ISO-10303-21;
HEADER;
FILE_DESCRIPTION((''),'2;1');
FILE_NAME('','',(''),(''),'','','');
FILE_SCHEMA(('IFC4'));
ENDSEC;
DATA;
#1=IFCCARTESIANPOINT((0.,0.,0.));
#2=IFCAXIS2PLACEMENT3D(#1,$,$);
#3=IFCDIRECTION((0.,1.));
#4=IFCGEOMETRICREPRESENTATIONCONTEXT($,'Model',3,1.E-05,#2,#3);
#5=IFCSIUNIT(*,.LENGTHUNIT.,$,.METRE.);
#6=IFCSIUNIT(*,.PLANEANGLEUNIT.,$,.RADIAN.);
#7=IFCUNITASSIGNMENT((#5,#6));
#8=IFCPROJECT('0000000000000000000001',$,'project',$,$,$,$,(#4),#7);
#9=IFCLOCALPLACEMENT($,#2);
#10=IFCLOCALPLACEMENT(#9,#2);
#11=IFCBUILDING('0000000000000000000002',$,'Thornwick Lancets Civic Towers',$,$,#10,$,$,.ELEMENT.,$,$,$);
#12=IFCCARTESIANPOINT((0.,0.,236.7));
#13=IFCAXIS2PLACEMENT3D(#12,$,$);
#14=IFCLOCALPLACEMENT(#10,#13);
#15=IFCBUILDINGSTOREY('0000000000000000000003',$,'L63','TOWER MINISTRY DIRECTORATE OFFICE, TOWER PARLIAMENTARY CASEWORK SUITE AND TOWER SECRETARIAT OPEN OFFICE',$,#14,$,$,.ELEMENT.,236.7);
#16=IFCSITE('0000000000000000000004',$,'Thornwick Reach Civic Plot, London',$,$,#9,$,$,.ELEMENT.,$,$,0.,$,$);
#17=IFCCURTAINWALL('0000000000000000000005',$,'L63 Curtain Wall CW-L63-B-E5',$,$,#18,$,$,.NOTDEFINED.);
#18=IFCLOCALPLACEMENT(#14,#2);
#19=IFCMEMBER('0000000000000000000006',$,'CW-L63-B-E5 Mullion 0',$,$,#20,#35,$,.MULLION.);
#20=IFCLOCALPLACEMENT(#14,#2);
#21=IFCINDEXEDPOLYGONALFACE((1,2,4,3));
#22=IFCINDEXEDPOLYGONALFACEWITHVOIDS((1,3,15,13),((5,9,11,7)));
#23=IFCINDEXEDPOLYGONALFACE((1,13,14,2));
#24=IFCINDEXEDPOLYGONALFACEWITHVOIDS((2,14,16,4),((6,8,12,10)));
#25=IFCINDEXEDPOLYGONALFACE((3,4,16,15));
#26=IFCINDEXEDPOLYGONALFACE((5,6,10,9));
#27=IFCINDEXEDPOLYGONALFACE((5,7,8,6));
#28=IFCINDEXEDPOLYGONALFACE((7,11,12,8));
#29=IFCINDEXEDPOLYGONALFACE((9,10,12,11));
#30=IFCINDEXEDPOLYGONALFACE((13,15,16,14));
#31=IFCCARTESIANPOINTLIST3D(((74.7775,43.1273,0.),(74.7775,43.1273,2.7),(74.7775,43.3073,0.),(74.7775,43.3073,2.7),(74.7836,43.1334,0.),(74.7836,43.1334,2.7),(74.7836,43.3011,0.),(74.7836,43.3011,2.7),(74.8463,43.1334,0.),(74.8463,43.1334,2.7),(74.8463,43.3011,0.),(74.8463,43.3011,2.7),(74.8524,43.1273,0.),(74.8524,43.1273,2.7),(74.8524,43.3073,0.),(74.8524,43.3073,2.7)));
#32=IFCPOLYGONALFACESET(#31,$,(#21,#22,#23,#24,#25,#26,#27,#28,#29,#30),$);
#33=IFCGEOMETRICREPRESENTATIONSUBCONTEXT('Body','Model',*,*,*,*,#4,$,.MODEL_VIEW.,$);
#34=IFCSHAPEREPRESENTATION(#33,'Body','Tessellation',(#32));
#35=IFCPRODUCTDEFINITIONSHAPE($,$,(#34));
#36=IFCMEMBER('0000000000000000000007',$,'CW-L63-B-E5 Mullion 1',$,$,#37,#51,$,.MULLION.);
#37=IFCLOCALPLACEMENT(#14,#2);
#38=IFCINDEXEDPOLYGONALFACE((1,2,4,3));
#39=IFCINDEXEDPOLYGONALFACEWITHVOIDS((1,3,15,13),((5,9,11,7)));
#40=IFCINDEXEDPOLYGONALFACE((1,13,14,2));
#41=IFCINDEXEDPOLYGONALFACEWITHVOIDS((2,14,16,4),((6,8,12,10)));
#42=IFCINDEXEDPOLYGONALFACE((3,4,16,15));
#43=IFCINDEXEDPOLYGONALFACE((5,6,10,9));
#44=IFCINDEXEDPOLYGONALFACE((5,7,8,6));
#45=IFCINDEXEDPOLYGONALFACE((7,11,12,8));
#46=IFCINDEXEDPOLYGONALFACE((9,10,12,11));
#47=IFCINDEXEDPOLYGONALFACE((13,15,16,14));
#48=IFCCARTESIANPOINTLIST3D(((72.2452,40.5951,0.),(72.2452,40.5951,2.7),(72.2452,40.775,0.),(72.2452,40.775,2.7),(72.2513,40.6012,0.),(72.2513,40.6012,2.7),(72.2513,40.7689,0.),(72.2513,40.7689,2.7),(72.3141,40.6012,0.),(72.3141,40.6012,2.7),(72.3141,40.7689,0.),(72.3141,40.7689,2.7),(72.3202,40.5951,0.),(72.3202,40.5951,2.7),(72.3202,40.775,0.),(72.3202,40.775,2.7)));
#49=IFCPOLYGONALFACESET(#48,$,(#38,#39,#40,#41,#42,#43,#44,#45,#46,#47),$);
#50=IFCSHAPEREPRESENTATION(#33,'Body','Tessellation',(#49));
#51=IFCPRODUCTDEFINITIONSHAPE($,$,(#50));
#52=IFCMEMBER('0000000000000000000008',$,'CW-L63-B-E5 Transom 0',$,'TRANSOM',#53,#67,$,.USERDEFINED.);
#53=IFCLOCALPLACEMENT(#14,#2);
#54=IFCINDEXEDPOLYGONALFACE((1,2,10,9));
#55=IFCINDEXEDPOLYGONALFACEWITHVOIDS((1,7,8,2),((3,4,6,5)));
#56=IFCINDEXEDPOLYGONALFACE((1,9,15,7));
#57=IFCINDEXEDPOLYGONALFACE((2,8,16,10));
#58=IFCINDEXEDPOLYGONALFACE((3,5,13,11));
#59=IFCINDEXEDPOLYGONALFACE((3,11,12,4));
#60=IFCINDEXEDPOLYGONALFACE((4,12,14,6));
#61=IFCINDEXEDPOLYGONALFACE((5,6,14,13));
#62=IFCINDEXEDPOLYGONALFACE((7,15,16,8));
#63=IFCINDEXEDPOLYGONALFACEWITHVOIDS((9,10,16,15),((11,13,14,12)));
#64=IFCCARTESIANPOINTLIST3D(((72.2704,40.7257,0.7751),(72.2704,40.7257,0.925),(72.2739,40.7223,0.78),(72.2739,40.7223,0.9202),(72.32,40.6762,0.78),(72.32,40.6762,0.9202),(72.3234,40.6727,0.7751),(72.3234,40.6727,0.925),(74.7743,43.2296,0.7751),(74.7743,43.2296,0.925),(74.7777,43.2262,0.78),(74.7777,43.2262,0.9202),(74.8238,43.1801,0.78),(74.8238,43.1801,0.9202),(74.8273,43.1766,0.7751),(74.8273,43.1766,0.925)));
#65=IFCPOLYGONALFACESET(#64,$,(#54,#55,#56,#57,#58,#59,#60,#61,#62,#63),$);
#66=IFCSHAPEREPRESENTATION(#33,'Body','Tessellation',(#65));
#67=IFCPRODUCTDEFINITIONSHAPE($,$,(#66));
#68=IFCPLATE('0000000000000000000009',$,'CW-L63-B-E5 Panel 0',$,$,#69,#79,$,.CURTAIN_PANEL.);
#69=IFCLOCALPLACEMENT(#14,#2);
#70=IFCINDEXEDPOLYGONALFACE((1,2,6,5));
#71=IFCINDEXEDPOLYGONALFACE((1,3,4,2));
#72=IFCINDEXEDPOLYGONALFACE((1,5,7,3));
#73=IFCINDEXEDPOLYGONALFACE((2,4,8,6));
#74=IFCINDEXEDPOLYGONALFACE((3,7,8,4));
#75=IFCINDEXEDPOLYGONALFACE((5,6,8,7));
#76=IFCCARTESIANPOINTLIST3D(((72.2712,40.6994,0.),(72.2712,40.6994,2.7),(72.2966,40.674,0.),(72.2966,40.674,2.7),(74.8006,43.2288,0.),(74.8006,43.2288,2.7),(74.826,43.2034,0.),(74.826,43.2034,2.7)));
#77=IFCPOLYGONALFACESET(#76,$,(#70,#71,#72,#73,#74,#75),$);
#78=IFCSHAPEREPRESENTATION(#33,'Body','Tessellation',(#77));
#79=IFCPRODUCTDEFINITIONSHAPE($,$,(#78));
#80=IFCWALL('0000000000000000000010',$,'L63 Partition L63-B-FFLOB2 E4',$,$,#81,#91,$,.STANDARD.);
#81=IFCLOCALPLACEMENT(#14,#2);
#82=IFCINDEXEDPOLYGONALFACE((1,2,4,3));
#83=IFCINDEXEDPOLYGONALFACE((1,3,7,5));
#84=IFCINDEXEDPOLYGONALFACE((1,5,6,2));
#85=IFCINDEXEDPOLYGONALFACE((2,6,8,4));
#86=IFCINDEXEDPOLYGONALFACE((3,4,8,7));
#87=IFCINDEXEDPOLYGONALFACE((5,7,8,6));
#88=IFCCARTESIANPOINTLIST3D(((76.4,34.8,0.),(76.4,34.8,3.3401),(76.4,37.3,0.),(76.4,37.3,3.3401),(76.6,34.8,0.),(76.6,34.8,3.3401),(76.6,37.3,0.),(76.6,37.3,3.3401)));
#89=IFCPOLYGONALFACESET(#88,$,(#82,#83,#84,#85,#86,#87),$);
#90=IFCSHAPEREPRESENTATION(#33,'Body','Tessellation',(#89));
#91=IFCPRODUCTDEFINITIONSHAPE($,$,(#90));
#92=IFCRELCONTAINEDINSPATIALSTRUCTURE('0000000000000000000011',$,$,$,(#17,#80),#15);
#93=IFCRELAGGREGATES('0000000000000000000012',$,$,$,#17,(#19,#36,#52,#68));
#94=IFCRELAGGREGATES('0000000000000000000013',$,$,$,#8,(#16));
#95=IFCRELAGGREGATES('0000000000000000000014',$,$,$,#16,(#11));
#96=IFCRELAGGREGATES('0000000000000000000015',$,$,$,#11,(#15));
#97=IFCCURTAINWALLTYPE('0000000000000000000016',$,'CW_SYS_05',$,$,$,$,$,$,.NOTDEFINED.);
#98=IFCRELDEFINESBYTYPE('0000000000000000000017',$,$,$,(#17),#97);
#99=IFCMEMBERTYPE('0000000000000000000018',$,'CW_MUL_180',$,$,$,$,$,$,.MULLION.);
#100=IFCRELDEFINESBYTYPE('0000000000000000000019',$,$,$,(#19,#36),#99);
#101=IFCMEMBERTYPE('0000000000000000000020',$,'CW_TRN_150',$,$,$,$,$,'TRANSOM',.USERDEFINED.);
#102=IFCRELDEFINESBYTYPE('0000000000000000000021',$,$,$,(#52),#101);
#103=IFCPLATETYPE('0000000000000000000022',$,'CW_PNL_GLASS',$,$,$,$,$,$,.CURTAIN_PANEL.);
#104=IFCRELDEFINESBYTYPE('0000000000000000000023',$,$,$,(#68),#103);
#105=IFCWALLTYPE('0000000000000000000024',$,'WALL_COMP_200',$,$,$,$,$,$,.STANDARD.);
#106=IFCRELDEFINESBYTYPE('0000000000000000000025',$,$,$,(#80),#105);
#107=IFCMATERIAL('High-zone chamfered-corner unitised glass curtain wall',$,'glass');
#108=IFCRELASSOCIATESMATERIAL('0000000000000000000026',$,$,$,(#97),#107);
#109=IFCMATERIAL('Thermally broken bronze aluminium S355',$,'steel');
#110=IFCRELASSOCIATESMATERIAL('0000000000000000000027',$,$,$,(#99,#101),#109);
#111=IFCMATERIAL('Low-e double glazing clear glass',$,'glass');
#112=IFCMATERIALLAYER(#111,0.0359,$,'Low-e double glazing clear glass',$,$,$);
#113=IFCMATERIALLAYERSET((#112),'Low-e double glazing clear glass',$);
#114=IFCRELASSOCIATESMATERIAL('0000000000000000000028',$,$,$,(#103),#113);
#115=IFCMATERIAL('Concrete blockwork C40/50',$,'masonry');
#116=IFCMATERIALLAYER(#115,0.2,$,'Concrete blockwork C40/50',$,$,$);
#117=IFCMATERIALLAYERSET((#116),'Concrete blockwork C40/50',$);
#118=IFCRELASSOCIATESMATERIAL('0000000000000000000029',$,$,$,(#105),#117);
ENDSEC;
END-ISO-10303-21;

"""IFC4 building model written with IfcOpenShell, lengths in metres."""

from ifc_helpers import new_model, si_unit, direction, frame, frame_2d, origin, origin_2d, place, context, subcontext, project, spatial, rectangle, hollow_rectangle, extrude, material, layer, layer_set, material_profile, profile_set, type_object, element, aggregate, save


model = new_model("IFC4")

# Units and contexts
model_context = context("Model", 3, precision=1e-05, world=origin(), true_north=direction((0.0, 1.0)))
body_context = subcontext(model_context, "Body", "Model", "MODEL_VIEW")
ifc_project = project(units=[si_unit("LENGTHUNIT", "METRE"), si_unit("PLANEANGLEUNIT", "RADIAN")], contexts=[model_context])

# Site, building, storey
site_placement = place(None, origin())
site = spatial("IfcSite", under=ifc_project, at=site_placement, Name="Thornwick Reach Civic Plot, London", CompositionType="ELEMENT", RefElevation=0.0)
building_placement = place(site_placement, origin())
building = spatial("IfcBuilding", under=site, at=building_placement, Name="Thornwick Lancets Civic Towers", CompositionType="ELEMENT")
storey_placement = place(building_placement, frame((0.0, 0.0, 236.7)))
storey = spatial("IfcBuildingStorey", under=building, at=storey_placement, Name="L63", Description="TOWER MINISTRY DIRECTORATE OFFICE, TOWER PARLIAMENTARY CASEWORK SUITE AND TOWER SECRETARIAT OPEN OFFICE", CompositionType="ELEMENT", Elevation=236.7)

# Curtain wall, members, plate
ifc_material_1 = material(Name="High-zone chamfered-corner unitised glass curtain wall", Category="glass")
curtain_wall_type = type_object("IfcCurtainWallType", Name="CW_SYS_05", PredefinedType="NOTDEFINED", material=ifc_material_1)
curtain_wall_placement = place(storey_placement, origin())
curtain_wall = element("IfcCurtainWall", 1, at=curtain_wall_placement, inside=storey, type_object=curtain_wall_type, Name="L63 Curtain Wall CW-L63-B-E5", PredefinedType="NOTDEFINED")
ifc_material_2 = material(Name="Thermally broken bronze aluminium S355", Category="steel")
ifc_material_profile_1 = material_profile(ifc_material_2, hollow_rectangle(XDim=0.075, YDim=0.1799, WallThickness=0.0061, at=origin_2d()), Name="RHS 180x75x6")
ifc_profile_set_1 = profile_set([ifc_material_profile_1], Name="Thermally broken bronze aluminium S355")
member_type_1 = type_object("IfcMemberType", Name="CW_MUL_180", PredefinedType="MULLION", material=ifc_profile_set_1)
member_1_placement = place(storey_placement, frame((74.8149, 43.2173, 0.0), z_axis=(0.0, 0.0, 1.0), x_axis=(1.0, 0.0, 0.0)))
member_1 = element("IfcMember", 2, at=member_1_placement, type_object=member_type_1, Name="CW-L63-B-E5 Mullion 0", PredefinedType="MULLION", context=body_context, shape_type="SweptSolid", body=[
    extrude(hollow_rectangle(XDim=0.075, YDim=0.1799, WallThickness=0.0061, at=origin_2d()), origin(), (0.0, 0.0, 1.0), 2.7),
])
member_2_placement = place(storey_placement, frame((72.2827, 40.6851, 0.0), z_axis=(0.0, 0.0, 1.0), x_axis=(1.0, 0.0, 0.0)))
member_2 = element("IfcMember", 3, at=member_2_placement, type_object=member_type_1, Name="CW-L63-B-E5 Mullion 1", PredefinedType="MULLION", context=body_context, shape_type="SweptSolid", body=[
    extrude(hollow_rectangle(XDim=0.075, YDim=0.1799, WallThickness=0.0061, at=origin_2d()), origin(), (0.0, 0.0, 1.0), 2.7),
])
ifc_material_profile_2 = material_profile(ifc_material_2, hollow_rectangle(XDim=0.075, YDim=0.1499, WallThickness=0.0049, at=origin_2d()), Name="RHS 150x75x5")
ifc_profile_set_2 = profile_set([ifc_material_profile_2], Name="Thermally broken bronze aluminium S355")
member_type_2 = type_object("IfcMemberType", Name="CW_TRN_150", ElementType="TRANSOM", PredefinedType="USERDEFINED", material=ifc_profile_set_2)
member_3_placement = place(storey_placement, frame((74.8008, 43.2031, 0.8501), z_axis=(-0.707107, -0.707107, 0.0), x_axis=(0.707107, -0.707107, 0.0)))
member_3 = element("IfcMember", 4, at=member_3_placement, type_object=member_type_2, Name="CW-L63-B-E5 Transom 0", ObjectType="TRANSOM", PredefinedType="USERDEFINED", context=body_context, shape_type="SweptSolid", body=[
    extrude(hollow_rectangle(XDim=0.075, YDim=0.1499, WallThickness=0.0049, at=origin_2d()), origin(), (0.0, 0.0, 1.0), 3.541),
])
ifc_material_3 = material(Name="Low-e double glazing clear glass", Category="glass")
ifc_layer_1 = layer(ifc_material_3, 0.0359, Name="Low-e double glazing clear glass")
ifc_layer_set_1 = layer_set([ifc_layer_1], Name="Low-e double glazing clear glass")
plate_type = type_object("IfcPlateType", Name="CW_PNL_GLASS", PredefinedType="CURTAIN_PANEL", material=ifc_layer_set_1)
plate_placement = place(storey_placement, frame((73.5486, 41.9514, 0.0), z_axis=(0.0, 0.0, 1.0), x_axis=(-0.707107, -0.707107, 0.0)))
plate = element("IfcPlate", 5, at=plate_placement, type_object=plate_type, Name="CW-L63-B-E5 Panel 0", PredefinedType="CURTAIN_PANEL", context=body_context, shape_type="SweptSolid", body=[
    extrude(rectangle(XDim=3.5771, YDim=0.0359, at=origin_2d()), origin(), (0.0, 0.0, 1.0), 2.7),
])
aggregate(curtain_wall, [member_1, member_2, member_3, plate])

# Wall
ifc_material_4 = material(Name="Concrete blockwork C40/50", Category="masonry")
ifc_layer_2 = layer(ifc_material_4, 0.2, Name="Concrete blockwork C40/50")
ifc_layer_set_2 = layer_set([ifc_layer_2], Name="Concrete blockwork C40/50")
wall_type_1 = type_object("IfcWallType", Name="WALL_COMP_200", PredefinedType="STANDARD", material=ifc_layer_set_2)
wall_1_placement = place(storey_placement, frame((76.5, 37.3, 0.0), z_axis=(0.0, 0.0, 1.0), x_axis=(0.0, -1.0, 0.0)))
element("IfcWall", 6, at=wall_1_placement, inside=storey, type_object=wall_type_1, Name="L63 Partition L63-B-FFLOB2 E4", PredefinedType="STANDARD", context=body_context, shape_type="SweptSolid", body=[
    extrude(rectangle(XDim=2.5, YDim=0.2, at=frame_2d((1.25, 0.0))), origin(), (0.0, 0.0, 1.0), 3.3401),
])

save(model, "model.ifc")
